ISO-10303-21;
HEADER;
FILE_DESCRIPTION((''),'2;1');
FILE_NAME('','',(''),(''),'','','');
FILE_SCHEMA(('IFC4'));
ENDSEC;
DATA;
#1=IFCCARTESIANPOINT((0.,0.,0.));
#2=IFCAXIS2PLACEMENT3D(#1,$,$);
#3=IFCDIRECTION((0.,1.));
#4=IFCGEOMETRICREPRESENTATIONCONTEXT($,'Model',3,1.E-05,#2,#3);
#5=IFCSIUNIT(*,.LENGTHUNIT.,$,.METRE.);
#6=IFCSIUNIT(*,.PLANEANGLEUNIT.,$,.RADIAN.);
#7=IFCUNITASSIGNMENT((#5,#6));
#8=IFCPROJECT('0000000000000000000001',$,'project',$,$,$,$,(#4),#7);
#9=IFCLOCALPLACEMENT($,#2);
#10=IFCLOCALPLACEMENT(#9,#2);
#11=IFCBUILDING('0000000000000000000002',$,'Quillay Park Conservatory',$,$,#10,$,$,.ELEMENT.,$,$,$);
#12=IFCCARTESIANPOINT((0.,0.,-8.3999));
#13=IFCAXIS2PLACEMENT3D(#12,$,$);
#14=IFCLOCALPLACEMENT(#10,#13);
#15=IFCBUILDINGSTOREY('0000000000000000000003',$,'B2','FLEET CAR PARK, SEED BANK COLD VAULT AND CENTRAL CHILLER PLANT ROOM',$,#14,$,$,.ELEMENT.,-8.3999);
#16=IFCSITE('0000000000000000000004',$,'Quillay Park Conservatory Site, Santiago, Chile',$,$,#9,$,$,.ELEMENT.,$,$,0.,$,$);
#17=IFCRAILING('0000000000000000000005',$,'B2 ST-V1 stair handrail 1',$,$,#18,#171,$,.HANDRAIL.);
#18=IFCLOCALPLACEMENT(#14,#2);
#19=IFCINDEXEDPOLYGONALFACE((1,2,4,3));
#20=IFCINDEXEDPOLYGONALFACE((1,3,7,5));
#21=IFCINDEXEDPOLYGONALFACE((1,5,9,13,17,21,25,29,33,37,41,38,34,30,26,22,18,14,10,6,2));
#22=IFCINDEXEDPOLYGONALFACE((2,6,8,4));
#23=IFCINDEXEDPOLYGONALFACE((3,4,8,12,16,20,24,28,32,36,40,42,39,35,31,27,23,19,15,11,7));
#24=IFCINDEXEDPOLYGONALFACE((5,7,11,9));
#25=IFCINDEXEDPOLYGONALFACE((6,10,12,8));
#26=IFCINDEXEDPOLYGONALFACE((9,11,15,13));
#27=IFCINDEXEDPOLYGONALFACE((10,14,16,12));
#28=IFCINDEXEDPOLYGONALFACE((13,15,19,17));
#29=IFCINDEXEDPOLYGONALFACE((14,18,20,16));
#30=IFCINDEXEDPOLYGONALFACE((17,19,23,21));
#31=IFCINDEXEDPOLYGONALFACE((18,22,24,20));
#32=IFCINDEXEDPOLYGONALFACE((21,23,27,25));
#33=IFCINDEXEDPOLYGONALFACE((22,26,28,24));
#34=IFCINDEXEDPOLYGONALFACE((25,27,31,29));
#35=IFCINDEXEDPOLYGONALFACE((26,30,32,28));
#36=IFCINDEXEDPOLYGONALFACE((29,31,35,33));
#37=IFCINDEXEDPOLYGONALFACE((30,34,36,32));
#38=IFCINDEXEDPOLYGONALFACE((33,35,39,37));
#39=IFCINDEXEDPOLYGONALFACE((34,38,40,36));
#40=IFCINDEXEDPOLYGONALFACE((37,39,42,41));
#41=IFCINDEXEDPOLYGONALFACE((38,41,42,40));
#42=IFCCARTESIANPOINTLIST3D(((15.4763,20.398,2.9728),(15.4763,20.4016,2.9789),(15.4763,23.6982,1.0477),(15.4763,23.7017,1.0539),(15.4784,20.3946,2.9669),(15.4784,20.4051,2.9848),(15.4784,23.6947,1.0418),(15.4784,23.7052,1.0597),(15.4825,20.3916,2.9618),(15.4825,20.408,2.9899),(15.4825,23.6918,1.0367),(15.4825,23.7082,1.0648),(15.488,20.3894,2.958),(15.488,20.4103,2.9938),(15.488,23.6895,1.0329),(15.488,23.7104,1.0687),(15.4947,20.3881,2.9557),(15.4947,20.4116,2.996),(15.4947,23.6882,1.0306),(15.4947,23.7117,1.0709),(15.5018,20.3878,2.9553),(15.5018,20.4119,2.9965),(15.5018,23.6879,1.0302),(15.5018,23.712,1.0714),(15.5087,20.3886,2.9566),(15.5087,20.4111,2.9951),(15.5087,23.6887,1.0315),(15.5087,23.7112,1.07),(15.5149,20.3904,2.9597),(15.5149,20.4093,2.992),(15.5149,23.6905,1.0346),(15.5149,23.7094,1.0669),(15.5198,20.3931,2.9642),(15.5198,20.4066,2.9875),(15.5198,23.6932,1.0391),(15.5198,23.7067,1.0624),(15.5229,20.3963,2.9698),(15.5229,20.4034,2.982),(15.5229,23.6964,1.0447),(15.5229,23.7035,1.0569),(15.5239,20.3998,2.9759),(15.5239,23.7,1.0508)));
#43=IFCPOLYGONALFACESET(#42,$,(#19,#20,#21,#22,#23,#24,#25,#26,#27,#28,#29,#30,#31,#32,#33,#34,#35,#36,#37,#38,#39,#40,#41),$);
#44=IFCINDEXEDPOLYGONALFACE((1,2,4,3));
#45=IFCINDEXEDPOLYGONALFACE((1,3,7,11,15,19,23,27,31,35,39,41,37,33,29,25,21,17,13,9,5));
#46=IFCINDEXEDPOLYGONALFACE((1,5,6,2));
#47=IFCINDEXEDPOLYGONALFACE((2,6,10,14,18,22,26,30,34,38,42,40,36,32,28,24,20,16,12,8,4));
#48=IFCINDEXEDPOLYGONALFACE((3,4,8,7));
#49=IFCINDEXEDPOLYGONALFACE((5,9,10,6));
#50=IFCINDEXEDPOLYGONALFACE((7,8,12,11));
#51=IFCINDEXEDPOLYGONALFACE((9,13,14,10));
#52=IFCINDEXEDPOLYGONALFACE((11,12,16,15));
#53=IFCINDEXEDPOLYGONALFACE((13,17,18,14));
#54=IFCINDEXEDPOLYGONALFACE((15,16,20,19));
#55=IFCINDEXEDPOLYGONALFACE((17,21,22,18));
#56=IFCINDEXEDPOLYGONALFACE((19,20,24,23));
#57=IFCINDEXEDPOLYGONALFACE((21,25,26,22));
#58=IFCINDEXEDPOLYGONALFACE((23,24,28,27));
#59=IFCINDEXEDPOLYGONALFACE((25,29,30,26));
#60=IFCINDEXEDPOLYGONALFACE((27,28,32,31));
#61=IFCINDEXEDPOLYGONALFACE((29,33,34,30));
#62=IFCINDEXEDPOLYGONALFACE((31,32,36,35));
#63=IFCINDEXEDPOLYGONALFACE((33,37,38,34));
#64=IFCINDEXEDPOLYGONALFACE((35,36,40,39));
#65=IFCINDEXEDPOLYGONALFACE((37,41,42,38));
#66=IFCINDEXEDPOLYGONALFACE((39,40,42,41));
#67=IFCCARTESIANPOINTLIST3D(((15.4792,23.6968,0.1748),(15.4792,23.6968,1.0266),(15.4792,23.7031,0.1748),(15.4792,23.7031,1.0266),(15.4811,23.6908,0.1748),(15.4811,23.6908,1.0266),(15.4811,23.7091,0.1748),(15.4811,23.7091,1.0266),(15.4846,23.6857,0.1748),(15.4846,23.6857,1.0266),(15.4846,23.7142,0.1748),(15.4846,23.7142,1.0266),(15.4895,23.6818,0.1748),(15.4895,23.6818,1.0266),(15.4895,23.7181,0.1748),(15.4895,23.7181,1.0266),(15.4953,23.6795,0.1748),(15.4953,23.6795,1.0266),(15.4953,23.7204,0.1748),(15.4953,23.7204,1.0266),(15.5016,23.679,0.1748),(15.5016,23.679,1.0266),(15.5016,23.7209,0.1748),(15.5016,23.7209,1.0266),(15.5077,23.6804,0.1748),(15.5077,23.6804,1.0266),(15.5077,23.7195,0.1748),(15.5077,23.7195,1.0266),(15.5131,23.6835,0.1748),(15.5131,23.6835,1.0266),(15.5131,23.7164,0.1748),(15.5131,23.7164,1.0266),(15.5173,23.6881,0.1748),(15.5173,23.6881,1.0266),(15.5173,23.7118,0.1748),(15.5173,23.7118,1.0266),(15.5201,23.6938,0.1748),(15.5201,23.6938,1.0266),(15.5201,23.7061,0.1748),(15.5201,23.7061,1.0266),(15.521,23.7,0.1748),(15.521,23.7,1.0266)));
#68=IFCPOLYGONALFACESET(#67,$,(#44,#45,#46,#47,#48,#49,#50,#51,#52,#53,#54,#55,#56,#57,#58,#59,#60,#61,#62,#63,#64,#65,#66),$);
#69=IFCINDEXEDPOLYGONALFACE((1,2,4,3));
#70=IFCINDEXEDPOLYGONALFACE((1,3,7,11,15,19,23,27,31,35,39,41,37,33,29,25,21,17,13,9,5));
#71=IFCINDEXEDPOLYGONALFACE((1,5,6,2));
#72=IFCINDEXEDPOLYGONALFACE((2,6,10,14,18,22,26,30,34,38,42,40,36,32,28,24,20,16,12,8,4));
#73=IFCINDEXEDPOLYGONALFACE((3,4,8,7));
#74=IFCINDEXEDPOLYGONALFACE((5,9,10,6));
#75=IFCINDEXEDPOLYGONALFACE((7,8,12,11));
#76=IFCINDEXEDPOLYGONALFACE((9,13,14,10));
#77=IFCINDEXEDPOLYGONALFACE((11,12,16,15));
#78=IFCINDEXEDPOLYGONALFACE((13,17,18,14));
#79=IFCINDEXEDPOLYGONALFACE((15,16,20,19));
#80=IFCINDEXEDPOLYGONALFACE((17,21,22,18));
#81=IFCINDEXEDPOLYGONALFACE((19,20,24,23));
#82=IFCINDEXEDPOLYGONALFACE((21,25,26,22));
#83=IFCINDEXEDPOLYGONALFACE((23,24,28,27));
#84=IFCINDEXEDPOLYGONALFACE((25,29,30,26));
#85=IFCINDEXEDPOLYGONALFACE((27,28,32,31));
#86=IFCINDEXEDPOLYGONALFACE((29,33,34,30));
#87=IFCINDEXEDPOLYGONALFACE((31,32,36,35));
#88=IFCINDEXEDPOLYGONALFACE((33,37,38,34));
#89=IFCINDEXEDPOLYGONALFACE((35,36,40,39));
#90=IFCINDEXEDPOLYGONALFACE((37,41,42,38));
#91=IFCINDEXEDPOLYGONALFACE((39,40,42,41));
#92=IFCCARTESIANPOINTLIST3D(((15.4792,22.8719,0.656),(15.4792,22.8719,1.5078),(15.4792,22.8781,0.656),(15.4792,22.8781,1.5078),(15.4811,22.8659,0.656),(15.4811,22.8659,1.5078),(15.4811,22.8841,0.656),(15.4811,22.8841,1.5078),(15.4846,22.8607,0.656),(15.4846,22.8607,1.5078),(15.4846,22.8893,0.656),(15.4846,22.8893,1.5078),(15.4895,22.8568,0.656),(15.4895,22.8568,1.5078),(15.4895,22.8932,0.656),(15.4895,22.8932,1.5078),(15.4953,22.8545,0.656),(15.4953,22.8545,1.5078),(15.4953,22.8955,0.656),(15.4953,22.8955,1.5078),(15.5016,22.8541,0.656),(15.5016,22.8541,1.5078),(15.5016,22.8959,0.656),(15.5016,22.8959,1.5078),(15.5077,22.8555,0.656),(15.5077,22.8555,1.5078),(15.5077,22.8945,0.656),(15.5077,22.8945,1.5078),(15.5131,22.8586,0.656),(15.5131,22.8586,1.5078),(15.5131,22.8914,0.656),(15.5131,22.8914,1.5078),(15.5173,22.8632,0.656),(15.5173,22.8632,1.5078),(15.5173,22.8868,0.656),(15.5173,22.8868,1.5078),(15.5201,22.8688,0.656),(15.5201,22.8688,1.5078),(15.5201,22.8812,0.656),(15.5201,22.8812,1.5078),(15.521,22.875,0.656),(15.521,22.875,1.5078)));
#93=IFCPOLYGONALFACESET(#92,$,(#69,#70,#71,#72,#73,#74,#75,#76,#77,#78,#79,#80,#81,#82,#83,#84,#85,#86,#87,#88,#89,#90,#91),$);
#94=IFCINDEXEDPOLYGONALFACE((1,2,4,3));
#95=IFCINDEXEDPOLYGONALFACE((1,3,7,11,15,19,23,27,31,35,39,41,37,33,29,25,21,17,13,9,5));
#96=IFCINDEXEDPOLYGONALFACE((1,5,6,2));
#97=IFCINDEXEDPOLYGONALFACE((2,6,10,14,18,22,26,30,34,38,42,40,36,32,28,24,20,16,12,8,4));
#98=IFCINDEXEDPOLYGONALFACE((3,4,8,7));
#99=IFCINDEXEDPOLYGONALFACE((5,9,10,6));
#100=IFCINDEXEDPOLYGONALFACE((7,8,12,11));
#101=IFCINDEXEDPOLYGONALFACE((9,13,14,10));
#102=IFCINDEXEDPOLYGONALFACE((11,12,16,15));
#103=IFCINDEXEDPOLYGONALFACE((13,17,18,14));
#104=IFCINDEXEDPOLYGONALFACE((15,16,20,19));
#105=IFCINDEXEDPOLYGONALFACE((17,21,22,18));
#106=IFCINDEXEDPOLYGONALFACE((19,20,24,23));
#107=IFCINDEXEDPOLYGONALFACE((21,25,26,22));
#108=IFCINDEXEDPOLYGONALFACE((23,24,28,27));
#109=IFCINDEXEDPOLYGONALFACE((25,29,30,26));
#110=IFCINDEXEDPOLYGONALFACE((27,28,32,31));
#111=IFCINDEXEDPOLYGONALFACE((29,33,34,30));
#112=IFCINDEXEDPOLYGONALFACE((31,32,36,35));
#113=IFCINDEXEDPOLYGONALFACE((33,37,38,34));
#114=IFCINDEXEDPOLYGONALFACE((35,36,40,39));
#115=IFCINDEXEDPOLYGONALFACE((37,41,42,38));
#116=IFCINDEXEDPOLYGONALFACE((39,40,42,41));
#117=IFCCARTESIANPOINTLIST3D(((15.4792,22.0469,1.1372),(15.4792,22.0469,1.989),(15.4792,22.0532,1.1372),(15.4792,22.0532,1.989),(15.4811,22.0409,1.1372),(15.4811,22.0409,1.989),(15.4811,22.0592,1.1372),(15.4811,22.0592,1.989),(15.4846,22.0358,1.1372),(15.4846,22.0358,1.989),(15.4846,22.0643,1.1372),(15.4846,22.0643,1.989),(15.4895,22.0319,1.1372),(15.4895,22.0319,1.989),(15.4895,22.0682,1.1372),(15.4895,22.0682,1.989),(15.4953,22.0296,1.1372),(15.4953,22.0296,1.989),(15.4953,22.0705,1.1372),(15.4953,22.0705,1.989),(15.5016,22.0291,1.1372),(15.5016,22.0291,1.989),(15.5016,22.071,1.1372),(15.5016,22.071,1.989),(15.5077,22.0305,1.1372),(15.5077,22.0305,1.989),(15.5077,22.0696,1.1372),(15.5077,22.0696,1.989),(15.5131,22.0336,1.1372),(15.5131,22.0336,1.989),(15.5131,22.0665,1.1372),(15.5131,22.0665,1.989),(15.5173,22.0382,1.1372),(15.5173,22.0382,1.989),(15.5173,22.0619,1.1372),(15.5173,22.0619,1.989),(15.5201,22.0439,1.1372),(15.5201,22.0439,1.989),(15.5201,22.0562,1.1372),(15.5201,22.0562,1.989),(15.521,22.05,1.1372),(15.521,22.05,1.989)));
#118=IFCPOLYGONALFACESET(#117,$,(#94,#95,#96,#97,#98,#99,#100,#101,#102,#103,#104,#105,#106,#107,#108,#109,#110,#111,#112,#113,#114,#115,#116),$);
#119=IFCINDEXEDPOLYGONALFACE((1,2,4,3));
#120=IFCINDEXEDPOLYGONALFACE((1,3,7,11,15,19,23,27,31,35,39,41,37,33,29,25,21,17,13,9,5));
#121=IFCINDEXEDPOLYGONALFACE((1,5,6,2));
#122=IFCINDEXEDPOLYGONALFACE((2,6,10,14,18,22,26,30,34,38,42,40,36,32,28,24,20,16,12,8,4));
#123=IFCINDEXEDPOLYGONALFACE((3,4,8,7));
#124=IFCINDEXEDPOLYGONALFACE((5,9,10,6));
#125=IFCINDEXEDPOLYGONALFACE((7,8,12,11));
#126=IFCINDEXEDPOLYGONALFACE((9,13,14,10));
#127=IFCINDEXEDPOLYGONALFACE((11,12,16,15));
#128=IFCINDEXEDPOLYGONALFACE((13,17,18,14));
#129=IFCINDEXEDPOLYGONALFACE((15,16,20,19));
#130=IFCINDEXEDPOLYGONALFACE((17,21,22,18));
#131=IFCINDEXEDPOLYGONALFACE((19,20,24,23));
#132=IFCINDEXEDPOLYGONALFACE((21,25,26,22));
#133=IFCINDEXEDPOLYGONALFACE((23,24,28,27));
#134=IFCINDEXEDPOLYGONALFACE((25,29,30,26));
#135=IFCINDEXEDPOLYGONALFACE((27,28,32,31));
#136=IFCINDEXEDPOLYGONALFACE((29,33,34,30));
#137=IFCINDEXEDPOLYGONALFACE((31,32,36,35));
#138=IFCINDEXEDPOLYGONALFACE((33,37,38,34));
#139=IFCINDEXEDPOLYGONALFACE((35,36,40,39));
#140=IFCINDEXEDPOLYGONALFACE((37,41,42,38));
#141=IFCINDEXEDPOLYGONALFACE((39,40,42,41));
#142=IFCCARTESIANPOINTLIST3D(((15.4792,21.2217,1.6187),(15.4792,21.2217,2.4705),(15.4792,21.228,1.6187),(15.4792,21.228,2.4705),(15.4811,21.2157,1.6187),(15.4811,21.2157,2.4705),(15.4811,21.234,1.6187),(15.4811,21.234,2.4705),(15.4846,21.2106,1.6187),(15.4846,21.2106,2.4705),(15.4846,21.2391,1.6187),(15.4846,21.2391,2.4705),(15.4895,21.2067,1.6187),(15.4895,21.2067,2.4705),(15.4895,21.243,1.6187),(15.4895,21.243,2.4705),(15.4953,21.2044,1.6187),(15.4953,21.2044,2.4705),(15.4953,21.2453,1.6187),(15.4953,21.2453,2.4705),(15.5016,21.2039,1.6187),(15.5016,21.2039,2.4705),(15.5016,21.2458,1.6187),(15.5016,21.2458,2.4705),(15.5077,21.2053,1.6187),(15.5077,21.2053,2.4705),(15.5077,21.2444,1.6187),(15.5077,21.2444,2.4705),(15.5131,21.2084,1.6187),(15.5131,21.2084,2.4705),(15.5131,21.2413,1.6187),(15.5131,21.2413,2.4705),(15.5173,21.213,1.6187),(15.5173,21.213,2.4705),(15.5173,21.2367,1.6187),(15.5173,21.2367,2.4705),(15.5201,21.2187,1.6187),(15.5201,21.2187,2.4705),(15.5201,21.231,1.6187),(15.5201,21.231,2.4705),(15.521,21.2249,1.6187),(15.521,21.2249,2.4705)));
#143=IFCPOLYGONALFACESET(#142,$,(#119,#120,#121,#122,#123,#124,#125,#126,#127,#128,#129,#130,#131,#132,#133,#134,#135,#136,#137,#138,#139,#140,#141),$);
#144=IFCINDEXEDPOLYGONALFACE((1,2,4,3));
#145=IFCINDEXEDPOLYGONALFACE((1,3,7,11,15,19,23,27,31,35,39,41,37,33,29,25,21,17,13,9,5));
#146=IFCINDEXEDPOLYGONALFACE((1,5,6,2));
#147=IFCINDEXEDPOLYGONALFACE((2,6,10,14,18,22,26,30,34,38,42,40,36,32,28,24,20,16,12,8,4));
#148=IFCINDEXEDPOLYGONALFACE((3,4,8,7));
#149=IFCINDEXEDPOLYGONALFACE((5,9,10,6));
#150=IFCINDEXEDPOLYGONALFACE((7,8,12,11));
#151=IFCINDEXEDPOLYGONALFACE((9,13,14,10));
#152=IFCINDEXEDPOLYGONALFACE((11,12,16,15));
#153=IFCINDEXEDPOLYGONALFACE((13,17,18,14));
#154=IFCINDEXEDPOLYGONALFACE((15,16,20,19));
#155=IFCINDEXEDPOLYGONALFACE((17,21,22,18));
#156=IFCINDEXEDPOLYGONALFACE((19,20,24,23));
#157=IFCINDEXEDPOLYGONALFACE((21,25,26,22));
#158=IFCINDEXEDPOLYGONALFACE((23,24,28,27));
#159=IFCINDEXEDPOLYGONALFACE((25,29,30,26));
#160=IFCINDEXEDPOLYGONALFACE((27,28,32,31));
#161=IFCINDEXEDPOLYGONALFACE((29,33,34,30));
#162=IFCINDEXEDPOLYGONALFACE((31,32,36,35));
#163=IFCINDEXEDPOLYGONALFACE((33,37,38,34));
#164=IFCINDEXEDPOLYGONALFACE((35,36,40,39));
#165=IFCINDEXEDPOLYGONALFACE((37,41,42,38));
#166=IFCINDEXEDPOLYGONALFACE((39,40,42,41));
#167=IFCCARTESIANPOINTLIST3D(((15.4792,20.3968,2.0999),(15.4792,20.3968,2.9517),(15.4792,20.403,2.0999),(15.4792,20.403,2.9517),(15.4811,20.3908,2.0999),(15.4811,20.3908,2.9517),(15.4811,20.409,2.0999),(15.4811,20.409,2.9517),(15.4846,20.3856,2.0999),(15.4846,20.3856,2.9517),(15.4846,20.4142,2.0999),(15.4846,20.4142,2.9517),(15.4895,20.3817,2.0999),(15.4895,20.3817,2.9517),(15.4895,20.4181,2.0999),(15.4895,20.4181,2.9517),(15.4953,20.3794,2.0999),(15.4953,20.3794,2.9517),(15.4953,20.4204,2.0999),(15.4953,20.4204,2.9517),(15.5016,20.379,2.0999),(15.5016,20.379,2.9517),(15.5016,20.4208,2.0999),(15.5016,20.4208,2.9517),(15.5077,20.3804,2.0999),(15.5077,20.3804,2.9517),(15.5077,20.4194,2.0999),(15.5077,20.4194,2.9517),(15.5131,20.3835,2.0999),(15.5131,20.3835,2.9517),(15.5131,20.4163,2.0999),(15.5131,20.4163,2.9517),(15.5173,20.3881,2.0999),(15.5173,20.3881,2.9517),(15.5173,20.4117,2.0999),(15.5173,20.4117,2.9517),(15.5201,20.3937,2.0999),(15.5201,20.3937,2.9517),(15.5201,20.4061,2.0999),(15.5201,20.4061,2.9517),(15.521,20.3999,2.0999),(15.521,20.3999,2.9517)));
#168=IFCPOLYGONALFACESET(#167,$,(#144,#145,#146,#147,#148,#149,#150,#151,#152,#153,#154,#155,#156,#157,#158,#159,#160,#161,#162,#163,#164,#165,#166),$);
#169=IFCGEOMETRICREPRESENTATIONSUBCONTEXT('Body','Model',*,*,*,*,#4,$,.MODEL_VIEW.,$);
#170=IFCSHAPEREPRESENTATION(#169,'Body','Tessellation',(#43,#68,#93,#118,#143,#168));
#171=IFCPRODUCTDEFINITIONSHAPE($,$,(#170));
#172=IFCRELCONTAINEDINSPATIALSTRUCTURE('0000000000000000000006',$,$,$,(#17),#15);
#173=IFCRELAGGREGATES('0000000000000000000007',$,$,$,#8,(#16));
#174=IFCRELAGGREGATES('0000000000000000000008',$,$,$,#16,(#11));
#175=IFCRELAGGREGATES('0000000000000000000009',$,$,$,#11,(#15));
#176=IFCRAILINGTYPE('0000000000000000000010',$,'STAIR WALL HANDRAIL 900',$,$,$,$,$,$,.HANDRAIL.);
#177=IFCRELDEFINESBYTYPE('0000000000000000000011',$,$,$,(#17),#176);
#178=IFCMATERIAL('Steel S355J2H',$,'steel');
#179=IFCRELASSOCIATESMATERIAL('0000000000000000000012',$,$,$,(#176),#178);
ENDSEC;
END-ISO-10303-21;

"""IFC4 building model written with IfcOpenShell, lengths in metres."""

from ifc_helpers import new_model, si_unit, direction, frame, origin, origin_2d, place, context, subcontext, project, spatial, circle, extrude, material, type_object, element, save


model = new_model("IFC4")

# Units and contexts
model_context = context("Model", 3, precision=1e-05, world=origin(), true_north=direction((0.0, 1.0)))
body_context = subcontext(model_context, "Body", "Model", "MODEL_VIEW")
ifc_project = project(units=[si_unit("LENGTHUNIT", "METRE"), si_unit("PLANEANGLEUNIT", "RADIAN")], contexts=[model_context])

# Site, building, storey
site_placement = place(None, origin())
site = spatial("IfcSite", under=ifc_project, at=site_placement, Name="Quillay Park Conservatory Site, Santiago, Chile", CompositionType="ELEMENT", RefElevation=0.0)
building_placement = place(site_placement, origin())
building = spatial("IfcBuilding", under=site, at=building_placement, Name="Quillay Park Conservatory", CompositionType="ELEMENT")
storey_placement = place(building_placement, frame((0.0, 0.0, -8.3999)))
storey = spatial("IfcBuildingStorey", under=building, at=storey_placement, Name="B2", Description="FLEET CAR PARK, SEED BANK COLD VAULT AND CENTRAL CHILLER PLANT ROOM", CompositionType="ELEMENT", Elevation=-8.3999)

# Railing
ifc_material_1 = material(Name="Steel S355J2H", Category="steel")
railing_type_1 = type_object("IfcRailingType", Name="STAIR WALL HANDRAIL 900", PredefinedType="HANDRAIL", material=ifc_material_1)
railing_1_placement = place(storey_placement, frame((15.5, 23.7, 0.1748)))
element("IfcRailing", 1, at=railing_1_placement, inside=storey, type_object=railing_type_1, Name="B2 ST-V1 stair handrail 1", PredefinedType="HANDRAIL", context=body_context, shape_type="SweptSolid", body=[
    extrude(circle(Radius=0.0239, at=origin_2d()), frame((0.0, 0.0, 0.876), z_axis=(0.0, -0.863777, 0.503875), x_axis=(1.0, 0.0, 0.0)), (0.0, 0.0, 1.0), 3.8206),
    extrude(circle(Radius=0.021, at=origin_2d()), origin(), (0.0, 0.0, 1.0), 0.8518),
    extrude(circle(Radius=0.021, at=origin_2d()), frame((0.0, -0.825, 0.4812)), (0.0, 0.0, 1.0), 0.8518),
    extrude(circle(Radius=0.021, at=origin_2d()), frame((0.0, -1.6499, 0.9624)), (0.0, 0.0, 1.0), 0.8518),
    extrude(circle(Radius=0.021, at=origin_2d()), frame((0.0, -2.4751, 1.4438)), (0.0, 0.0, 1.0), 0.8518),
    extrude(circle(Radius=0.021, at=origin_2d()), frame((0.0, -3.3, 1.925)), (0.0, 0.0, 1.0), 0.8518),
])

save(model, "model.ifc")
